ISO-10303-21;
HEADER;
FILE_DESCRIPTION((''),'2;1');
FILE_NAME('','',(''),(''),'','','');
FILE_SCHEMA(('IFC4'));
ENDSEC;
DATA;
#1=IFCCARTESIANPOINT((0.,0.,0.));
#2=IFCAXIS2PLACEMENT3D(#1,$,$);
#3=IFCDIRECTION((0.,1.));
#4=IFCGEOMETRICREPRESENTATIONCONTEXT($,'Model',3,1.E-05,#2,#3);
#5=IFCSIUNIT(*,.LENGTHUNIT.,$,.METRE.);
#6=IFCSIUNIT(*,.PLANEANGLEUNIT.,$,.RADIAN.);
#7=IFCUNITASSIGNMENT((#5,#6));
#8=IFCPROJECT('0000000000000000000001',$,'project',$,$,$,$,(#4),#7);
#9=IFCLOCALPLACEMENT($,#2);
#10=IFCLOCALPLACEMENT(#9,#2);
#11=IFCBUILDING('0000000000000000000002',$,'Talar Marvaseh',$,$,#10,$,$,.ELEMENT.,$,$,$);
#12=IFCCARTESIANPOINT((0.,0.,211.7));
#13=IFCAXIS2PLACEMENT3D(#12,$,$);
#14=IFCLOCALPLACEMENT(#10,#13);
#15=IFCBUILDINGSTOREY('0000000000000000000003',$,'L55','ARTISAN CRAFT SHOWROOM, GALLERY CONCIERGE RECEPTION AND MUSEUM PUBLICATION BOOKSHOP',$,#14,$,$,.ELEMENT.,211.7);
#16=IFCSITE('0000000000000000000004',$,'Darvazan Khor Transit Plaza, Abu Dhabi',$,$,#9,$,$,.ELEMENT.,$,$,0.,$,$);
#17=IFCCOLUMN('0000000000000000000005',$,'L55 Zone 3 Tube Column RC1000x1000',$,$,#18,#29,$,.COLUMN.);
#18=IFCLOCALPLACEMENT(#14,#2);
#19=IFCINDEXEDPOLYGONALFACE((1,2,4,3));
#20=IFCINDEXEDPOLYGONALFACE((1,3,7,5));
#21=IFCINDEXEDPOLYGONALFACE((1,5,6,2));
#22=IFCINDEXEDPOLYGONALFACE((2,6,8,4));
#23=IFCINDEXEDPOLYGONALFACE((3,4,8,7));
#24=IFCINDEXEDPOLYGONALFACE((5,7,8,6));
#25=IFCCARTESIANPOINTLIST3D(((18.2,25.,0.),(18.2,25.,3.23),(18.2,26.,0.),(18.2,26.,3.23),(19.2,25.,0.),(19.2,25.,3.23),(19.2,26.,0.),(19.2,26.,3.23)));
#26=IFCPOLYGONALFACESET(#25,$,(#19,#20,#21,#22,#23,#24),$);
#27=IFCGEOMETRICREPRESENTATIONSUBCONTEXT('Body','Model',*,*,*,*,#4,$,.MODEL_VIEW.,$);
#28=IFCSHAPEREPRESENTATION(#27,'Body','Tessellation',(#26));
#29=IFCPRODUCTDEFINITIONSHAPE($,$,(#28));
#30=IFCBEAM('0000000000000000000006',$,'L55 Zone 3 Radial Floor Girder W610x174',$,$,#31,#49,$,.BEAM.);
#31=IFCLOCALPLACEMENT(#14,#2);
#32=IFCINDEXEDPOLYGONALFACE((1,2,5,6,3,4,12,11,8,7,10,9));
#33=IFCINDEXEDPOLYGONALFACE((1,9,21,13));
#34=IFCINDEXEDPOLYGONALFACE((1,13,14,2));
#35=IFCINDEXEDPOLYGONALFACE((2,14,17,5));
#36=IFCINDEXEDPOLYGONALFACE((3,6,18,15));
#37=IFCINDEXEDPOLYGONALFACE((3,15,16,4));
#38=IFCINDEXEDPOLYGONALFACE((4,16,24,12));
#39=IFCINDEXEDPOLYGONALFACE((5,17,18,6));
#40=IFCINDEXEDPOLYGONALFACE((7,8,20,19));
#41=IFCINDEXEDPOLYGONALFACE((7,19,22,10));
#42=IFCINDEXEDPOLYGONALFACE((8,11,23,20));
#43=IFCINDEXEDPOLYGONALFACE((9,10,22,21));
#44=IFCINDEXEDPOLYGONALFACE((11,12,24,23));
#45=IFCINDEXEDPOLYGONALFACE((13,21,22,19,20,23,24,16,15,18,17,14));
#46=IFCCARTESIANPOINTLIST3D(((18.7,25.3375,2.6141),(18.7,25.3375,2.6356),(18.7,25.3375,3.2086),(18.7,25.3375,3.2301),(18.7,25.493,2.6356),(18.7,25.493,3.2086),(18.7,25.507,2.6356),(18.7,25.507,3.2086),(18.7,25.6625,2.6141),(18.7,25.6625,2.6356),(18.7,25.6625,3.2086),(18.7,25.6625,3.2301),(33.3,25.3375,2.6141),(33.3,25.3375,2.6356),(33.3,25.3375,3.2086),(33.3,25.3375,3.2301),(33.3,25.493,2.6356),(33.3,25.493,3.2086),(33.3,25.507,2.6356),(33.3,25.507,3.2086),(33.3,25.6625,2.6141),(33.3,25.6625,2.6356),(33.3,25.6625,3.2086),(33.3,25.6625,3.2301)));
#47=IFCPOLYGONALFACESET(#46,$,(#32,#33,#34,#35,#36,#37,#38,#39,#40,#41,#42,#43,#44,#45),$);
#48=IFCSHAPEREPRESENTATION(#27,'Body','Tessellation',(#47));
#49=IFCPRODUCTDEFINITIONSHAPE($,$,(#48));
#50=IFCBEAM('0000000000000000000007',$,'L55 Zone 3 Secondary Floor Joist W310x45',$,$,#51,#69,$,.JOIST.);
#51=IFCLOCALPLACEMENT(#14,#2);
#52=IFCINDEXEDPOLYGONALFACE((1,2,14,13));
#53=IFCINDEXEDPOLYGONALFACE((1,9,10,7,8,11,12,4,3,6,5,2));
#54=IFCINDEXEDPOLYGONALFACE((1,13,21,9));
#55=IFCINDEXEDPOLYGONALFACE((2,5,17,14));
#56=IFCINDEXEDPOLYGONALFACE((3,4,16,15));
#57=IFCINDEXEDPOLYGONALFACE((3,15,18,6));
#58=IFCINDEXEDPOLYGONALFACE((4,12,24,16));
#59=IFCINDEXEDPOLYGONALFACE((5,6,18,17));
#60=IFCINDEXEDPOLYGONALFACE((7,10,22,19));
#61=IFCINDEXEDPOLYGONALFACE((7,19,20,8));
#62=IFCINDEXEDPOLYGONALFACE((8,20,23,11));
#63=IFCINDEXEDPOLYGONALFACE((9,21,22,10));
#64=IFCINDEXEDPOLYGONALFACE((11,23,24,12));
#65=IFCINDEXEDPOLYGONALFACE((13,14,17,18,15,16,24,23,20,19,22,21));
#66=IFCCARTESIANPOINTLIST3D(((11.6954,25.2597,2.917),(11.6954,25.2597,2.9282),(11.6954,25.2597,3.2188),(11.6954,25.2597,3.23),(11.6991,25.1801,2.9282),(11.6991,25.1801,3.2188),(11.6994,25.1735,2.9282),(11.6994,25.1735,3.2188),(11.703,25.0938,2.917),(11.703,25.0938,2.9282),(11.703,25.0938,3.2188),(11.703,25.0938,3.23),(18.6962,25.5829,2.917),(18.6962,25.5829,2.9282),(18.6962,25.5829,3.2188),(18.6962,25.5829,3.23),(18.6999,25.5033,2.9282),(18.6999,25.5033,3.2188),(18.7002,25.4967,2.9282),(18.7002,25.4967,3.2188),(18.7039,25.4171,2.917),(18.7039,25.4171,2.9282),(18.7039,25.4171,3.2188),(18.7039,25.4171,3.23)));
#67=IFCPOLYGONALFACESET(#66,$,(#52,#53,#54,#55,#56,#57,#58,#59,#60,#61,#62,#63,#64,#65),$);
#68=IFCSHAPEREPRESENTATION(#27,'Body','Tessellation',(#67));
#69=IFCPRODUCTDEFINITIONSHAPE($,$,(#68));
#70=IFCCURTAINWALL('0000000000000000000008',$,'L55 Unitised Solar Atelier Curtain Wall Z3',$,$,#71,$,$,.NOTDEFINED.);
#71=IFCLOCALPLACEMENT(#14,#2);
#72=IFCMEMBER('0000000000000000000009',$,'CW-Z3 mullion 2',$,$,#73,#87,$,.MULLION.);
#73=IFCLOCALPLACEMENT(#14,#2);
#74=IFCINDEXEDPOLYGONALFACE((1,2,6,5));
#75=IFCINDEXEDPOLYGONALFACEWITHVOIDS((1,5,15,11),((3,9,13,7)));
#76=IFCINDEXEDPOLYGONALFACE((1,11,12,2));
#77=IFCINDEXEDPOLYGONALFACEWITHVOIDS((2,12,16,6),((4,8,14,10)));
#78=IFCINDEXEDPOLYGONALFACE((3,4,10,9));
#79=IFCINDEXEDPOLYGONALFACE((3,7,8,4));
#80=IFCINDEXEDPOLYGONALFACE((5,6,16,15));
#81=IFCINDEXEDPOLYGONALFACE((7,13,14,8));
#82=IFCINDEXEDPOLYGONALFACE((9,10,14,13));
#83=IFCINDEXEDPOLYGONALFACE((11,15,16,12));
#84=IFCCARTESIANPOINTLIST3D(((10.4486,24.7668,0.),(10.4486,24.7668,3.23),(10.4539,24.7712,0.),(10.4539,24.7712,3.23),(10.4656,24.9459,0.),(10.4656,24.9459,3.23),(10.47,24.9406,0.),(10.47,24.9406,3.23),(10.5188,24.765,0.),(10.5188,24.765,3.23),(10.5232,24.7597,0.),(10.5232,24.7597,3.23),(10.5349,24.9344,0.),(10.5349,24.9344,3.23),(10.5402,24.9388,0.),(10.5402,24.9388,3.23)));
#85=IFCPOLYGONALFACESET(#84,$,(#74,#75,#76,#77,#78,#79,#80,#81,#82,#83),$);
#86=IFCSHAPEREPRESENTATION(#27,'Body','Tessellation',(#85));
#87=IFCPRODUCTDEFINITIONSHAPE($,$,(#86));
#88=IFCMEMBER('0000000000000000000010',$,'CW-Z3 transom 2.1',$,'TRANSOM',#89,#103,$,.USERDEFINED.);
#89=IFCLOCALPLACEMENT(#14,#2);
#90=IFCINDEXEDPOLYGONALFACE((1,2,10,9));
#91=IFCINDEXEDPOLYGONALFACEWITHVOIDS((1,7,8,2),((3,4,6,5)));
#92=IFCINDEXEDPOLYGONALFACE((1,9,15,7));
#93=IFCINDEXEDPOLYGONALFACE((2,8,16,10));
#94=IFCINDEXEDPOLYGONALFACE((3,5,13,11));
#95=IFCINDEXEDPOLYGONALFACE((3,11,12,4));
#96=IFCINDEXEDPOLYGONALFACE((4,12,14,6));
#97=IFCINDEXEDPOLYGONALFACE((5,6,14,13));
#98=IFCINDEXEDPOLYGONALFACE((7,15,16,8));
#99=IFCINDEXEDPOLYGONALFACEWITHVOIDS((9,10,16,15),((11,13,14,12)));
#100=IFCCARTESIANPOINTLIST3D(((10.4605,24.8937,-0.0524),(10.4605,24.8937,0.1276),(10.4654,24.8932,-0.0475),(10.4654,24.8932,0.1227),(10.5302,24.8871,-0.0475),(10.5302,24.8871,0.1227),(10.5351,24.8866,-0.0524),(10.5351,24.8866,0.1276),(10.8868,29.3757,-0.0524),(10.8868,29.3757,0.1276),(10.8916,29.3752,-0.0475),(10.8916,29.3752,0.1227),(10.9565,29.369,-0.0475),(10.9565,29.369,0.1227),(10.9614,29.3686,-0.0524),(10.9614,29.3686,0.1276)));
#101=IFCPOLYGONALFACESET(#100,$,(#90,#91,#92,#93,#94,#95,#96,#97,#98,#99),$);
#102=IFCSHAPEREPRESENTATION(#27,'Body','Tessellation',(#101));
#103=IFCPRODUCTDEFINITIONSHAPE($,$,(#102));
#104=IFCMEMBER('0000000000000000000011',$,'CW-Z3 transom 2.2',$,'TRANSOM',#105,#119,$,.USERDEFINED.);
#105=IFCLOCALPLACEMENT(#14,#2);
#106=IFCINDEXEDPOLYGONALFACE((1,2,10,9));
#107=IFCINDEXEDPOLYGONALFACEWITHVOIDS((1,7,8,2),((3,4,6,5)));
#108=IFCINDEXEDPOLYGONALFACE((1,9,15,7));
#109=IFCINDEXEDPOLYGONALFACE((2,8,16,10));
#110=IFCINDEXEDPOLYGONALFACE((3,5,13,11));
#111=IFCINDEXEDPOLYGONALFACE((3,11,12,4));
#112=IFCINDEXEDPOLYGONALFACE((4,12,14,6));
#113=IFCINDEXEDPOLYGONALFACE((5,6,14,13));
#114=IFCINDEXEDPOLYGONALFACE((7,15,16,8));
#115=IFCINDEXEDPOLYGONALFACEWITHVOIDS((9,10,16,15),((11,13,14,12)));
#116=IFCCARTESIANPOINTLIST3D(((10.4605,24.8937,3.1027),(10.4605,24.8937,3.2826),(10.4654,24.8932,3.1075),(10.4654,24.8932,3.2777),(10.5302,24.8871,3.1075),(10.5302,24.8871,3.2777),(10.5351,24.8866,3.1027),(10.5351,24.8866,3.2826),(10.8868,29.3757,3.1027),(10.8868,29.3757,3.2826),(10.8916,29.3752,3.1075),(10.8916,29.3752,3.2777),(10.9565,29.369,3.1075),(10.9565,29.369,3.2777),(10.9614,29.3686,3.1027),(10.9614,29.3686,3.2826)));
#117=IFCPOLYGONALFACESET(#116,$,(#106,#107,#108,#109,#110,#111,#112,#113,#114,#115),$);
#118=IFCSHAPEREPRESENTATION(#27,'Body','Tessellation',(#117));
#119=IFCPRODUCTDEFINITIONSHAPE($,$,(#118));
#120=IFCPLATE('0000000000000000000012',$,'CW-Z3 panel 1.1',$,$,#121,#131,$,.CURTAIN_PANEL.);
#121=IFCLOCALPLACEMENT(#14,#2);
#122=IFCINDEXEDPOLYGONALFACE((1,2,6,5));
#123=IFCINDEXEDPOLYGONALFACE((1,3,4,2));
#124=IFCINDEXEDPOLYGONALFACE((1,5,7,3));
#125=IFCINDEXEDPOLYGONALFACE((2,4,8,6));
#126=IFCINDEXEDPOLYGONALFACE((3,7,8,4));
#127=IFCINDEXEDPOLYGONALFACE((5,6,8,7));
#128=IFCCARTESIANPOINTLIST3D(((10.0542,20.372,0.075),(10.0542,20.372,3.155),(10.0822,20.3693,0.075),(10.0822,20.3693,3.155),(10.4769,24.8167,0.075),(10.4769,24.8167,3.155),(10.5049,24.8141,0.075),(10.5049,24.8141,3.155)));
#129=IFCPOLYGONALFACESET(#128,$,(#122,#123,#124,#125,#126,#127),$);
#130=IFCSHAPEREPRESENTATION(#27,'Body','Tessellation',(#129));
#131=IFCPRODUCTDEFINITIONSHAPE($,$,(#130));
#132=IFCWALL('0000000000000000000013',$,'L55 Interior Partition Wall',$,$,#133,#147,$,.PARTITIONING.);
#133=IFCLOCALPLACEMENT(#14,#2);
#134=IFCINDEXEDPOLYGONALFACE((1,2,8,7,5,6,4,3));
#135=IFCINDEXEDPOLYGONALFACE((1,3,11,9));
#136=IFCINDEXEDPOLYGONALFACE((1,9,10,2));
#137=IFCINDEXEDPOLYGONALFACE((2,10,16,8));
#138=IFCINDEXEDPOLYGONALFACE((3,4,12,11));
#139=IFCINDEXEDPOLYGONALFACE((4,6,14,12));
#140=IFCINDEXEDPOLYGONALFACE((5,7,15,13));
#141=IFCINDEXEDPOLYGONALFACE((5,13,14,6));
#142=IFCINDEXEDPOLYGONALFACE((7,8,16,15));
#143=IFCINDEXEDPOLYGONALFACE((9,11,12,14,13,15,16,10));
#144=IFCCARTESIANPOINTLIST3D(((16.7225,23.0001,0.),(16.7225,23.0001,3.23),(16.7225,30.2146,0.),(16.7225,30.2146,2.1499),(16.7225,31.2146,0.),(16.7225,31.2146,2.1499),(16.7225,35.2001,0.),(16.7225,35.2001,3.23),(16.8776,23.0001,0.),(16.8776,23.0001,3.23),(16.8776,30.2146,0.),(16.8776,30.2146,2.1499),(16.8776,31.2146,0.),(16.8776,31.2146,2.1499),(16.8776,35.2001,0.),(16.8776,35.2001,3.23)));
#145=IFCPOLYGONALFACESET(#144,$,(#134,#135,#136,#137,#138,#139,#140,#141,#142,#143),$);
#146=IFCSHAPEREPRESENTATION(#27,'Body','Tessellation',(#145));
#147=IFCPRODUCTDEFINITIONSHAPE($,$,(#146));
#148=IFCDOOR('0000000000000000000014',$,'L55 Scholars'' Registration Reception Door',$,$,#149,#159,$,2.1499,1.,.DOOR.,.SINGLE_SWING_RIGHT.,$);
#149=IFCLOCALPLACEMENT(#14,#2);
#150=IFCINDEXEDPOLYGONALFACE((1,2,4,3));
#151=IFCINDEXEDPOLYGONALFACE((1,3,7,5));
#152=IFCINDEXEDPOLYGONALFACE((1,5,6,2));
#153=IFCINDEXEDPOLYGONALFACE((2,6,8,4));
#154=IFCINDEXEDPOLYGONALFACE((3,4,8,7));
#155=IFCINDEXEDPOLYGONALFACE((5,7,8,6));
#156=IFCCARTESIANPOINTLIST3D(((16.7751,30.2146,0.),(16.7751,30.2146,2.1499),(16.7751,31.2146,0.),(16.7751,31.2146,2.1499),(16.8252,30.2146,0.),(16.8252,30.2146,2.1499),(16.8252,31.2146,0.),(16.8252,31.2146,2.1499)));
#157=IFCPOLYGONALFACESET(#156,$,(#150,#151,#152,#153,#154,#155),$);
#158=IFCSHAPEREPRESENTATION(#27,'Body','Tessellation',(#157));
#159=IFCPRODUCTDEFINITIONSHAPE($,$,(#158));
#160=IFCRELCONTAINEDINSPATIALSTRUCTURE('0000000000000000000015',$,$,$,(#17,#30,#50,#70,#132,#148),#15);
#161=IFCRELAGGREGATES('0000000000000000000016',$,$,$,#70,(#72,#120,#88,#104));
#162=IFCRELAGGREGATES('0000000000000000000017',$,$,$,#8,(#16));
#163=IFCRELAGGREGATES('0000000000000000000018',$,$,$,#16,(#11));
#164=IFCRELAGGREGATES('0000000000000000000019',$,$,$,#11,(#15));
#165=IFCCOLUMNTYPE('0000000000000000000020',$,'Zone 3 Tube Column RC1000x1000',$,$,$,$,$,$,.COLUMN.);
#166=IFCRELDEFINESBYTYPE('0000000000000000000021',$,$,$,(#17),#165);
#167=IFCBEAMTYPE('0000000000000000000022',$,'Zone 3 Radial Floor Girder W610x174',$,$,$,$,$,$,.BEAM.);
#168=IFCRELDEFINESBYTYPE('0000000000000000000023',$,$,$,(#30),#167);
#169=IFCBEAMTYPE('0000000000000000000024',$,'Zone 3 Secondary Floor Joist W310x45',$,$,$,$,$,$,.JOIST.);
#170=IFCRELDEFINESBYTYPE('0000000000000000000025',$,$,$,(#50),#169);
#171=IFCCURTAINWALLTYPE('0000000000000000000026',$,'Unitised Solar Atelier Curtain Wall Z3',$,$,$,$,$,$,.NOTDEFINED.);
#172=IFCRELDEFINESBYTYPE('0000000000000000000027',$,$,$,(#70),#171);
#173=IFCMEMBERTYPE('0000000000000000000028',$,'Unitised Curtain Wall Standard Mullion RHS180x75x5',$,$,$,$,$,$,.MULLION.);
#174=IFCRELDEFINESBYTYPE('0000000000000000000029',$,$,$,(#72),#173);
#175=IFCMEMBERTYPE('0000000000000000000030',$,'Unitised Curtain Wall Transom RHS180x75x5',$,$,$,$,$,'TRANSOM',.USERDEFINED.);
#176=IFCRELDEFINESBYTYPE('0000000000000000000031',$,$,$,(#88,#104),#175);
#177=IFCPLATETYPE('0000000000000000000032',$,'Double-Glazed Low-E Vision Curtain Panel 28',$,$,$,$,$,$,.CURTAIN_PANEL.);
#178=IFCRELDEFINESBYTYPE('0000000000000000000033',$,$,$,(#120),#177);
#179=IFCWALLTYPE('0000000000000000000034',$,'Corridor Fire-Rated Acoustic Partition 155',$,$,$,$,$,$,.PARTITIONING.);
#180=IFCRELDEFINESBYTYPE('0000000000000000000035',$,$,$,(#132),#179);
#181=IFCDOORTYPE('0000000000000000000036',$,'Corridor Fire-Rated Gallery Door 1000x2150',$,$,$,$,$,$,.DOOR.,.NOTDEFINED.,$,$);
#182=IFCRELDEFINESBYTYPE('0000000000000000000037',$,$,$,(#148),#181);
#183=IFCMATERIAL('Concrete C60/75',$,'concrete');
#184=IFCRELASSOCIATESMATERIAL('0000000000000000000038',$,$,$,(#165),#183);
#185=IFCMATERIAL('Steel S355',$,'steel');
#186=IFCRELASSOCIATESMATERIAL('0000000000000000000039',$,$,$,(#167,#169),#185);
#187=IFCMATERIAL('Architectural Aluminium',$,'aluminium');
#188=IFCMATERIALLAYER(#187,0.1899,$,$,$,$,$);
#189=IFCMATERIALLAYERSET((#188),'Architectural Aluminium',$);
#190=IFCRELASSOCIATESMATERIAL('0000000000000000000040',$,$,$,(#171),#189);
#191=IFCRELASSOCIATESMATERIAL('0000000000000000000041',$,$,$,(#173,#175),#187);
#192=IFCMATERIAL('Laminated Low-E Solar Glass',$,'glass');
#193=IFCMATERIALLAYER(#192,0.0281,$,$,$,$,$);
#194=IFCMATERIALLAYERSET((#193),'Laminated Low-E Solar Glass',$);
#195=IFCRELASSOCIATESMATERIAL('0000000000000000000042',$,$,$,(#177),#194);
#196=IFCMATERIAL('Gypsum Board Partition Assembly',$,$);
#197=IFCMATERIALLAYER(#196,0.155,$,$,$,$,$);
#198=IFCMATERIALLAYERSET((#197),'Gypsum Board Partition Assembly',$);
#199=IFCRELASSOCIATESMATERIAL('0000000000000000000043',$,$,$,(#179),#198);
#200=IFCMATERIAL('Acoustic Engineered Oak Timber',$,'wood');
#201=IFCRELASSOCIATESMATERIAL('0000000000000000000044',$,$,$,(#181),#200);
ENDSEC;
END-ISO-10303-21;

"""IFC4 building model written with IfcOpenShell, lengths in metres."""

from ifc_helpers import new_model, si_unit, direction, frame, frame_2d, origin, origin_2d, place, context, subcontext, project, spatial, rectangle, hollow_rectangle, i_section, extrude, source, transform, mapped, material, layer, layer_set, material_profile, profile_set, type_object, type_shapes, element, fill, aggregate, save


model = new_model("IFC4")

# Units and contexts
model_context = context("Model", 3, precision=1e-05, world=origin(), true_north=direction((0.0, 1.0)))
body_context = subcontext(model_context, "Body", "Model", "MODEL_VIEW")
ifc_project = project(units=[si_unit("LENGTHUNIT", "METRE"), si_unit("PLANEANGLEUNIT", "RADIAN")], contexts=[model_context])

# Site, building, storey
site_placement = place(None, origin())
site = spatial("IfcSite", under=ifc_project, at=site_placement, Name="Darvazan Khor Transit Plaza, Abu Dhabi", CompositionType="ELEMENT", RefElevation=0.0)
building_placement = place(site_placement, origin())
building = spatial("IfcBuilding", under=site, at=building_placement, Name="Talar Marvaseh", CompositionType="ELEMENT")
storey_placement = place(building_placement, frame((0.0, 0.0, 211.7)))
storey = spatial("IfcBuildingStorey", under=building, at=storey_placement, Name="L55", Description="ARTISAN CRAFT SHOWROOM, GALLERY CONCIERGE RECEPTION AND MUSEUM PUBLICATION BOOKSHOP", CompositionType="ELEMENT", Elevation=211.7)

# Column
ifc_material_1 = material(Name="Concrete C60/75", Category="concrete")
ifc_material_profile_1 = material_profile(ifc_material_1, rectangle(XDim=1.0, YDim=1.0, at=origin_2d()), Name="RC1000x1000")
ifc_profile_set_1 = profile_set([ifc_material_profile_1], Name="Concrete C60/75")
column_type = type_object("IfcColumnType", Name="Zone 3 Tube Column RC1000x1000", PredefinedType="COLUMN", material=ifc_profile_set_1)
column_placement = place(storey_placement, frame((18.7, 25.5, 0.0), z_axis=(0.0, 0.0, 1.0), x_axis=(1.0, 0.0, 0.0)))
element("IfcColumn", 1, at=column_placement, inside=storey, type_object=column_type, Name="L55 Zone 3 Tube Column RC1000x1000", PredefinedType="COLUMN", context=body_context, shape_type="SweptSolid", body=[
    extrude(rectangle(XDim=1.0, YDim=1.0, at=origin_2d()), origin(), (0.0, 0.0, 1.0), 3.23),
])

# Beams
ifc_material_2 = material(Name="Steel S355", Category="steel")
ifc_material_profile_2 = material_profile(ifc_material_2, i_section(OverallWidth=0.325, OverallDepth=0.616, WebThickness=0.0139, FlangeThickness=0.0215, at=origin_2d()), Name="W610x174")
ifc_profile_set_2 = profile_set([ifc_material_profile_2], Name="Steel S355")
beam_type_1 = type_object("IfcBeamType", Name="Zone 3 Radial Floor Girder W610x174", PredefinedType="BEAM", material=ifc_profile_set_2)
beam_1_placement = place(storey_placement, frame((18.7, 25.5, 2.9221), z_axis=(1.0, 0.0, 0.0), x_axis=(0.0, 1.0, 0.0)))
element("IfcBeam", 2, at=beam_1_placement, inside=storey, type_object=beam_type_1, Name="L55 Zone 3 Radial Floor Girder W610x174", PredefinedType="BEAM", context=body_context, shape_type="SweptSolid", body=[
    extrude(i_section(OverallWidth=0.325, OverallDepth=0.616, WebThickness=0.0139, FlangeThickness=0.0215, at=origin_2d()), origin(), (0.0, 0.0, 1.0), 14.6001),
])
ifc_material_profile_3 = material_profile(ifc_material_2, i_section(OverallWidth=0.166, OverallDepth=0.313, WebThickness=0.0066, FlangeThickness=0.0112, at=origin_2d()), Name="W310x45")
ifc_profile_set_3 = profile_set([ifc_material_profile_3], Name="Steel S355")
beam_type_2 = type_object("IfcBeamType", Name="Zone 3 Secondary Floor Joist W310x45", PredefinedType="JOIST", material=ifc_profile_set_3)
beam_2_placement = place(storey_placement, frame((11.6992, 25.1768, 3.0735), z_axis=(0.998936, 0.046123, 0.0), x_axis=(-0.046123, 0.998936, 0.0)))
element("IfcBeam", 3, at=beam_2_placement, inside=storey, type_object=beam_type_2, Name="L55 Zone 3 Secondary Floor Joist W310x45", PredefinedType="JOIST", context=body_context, shape_type="SweptSolid", body=[
    extrude(i_section(OverallWidth=0.166, OverallDepth=0.313, WebThickness=0.0066, FlangeThickness=0.0112, at=origin_2d()), origin(), (0.0, 0.0, 1.0), 7.0083),
])

# Curtain wall, members, plate
ifc_material_3 = material(Name="Architectural Aluminium", Category="aluminium")
ifc_layer_1 = layer(ifc_material_3, 0.1899)
ifc_layer_set_1 = layer_set([ifc_layer_1], Name="Architectural Aluminium")
curtain_wall_type = type_object("IfcCurtainWallType", Name="Unitised Solar Atelier Curtain Wall Z3", PredefinedType="NOTDEFINED", material=ifc_layer_set_1)
curtain_wall_placement = place(storey_placement, origin())
curtain_wall = element("IfcCurtainWall", 4, at=curtain_wall_placement, inside=storey, type_object=curtain_wall_type, Name="L55 Unitised Solar Atelier Curtain Wall Z3", PredefinedType="NOTDEFINED")
ifc_material_profile_4 = material_profile(ifc_material_3, hollow_rectangle(XDim=0.075, YDim=0.1799, WallThickness=0.0049, at=origin_2d()), Name="RHS180x75x5")
ifc_profile_set_4 = profile_set([ifc_material_profile_4], Name="Architectural Aluminium")
member_type_1 = type_object("IfcMemberType", Name="Unitised Curtain Wall Standard Mullion RHS180x75x5", PredefinedType="MULLION", material=ifc_profile_set_4)
shared_shape_1 = source(origin(), body_context, "Body", "SweptSolid", [
    extrude(hollow_rectangle(XDim=0.075, YDim=0.1799, WallThickness=0.0049, at=origin_2d()), origin(), (0.0, 0.0, 1.0), 3.23),
])
type_shapes(member_type_1, [shared_shape_1])
member_1_placement = place(storey_placement, frame((10.4944, 24.8528, 0.0), z_axis=(0.0, 0.0, 1.0), x_axis=(-0.995509, 0.094671, 0.0)))
member_1 = element("IfcMember", 5, at=member_1_placement, type_object=member_type_1, Name="CW-Z3 mullion 2", PredefinedType="MULLION", context=body_context, shape_type="MappedRepresentation", body=[
    mapped(shared_shape_1, transform((0.0, 0.0, 0.0), x_axis=(1.0, 0.0, 0.0), y_axis=(0.0, 1.0, 0.0), z_axis=(0.0, 0.0, 1.0), scale=1.0)),
])
ifc_material_profile_5 = material_profile(ifc_material_3, hollow_rectangle(XDim=0.075, YDim=0.1799, WallThickness=0.0049, at=origin_2d()), Name="RHS180x75x5")
ifc_profile_set_5 = profile_set([ifc_material_profile_5], Name="Architectural Aluminium")
member_type_2 = type_object("IfcMemberType", Name="Unitised Curtain Wall Transom RHS180x75x5", ElementType="TRANSOM", PredefinedType="USERDEFINED", material=ifc_profile_set_5)
shared_shape_2 = source(origin(), body_context, "Body", "SweptSolid", [
    extrude(hollow_rectangle(XDim=0.075, YDim=0.1799, WallThickness=0.0049, at=origin_2d()), origin(), (0.0, 0.0, 1.0), 4.5022),
])
type_shapes(member_type_2, [shared_shape_2])
member_2_placement = place(storey_placement, frame((10.4978, 24.8901, 0.0376), z_axis=(0.094681, 0.995508, 0.0), x_axis=(-0.995508, 0.094681, 0.0)))
member_2 = element("IfcMember", 6, at=member_2_placement, type_object=member_type_2, Name="CW-Z3 transom 2.1", ObjectType="TRANSOM", PredefinedType="USERDEFINED", context=body_context, shape_type="MappedRepresentation", body=[
    mapped(shared_shape_2, transform((0.0, 0.0, 0.0), x_axis=(1.0, 0.0, 0.0), y_axis=(0.0, 1.0, 0.0), z_axis=(0.0, 0.0, 1.0), scale=1.0)),
])
member_3_placement = place(storey_placement, frame((10.4978, 24.8901, 3.1926), z_axis=(0.094681, 0.995508, 0.0), x_axis=(-0.995508, 0.094681, 0.0)))
member_3 = element("IfcMember", 7, at=member_3_placement, type_object=member_type_2, Name="CW-Z3 transom 2.2", ObjectType="TRANSOM", PredefinedType="USERDEFINED", context=body_context, shape_type="MappedRepresentation", body=[
    mapped(shared_shape_2, transform((0.0, 0.0, 0.0), x_axis=(1.0, 0.0, 0.0), y_axis=(0.0, 1.0, 0.0), z_axis=(0.0, 0.0, 1.0), scale=1.0)),
])
ifc_material_4 = material(Name="Laminated Low-E Solar Glass", Category="glass")
ifc_layer_2 = layer(ifc_material_4, 0.0281)
ifc_layer_set_2 = layer_set([ifc_layer_2], Name="Laminated Low-E Solar Glass")
plate_type = type_object("IfcPlateType", Name="Double-Glazed Low-E Vision Curtain Panel 28", PredefinedType="CURTAIN_PANEL", material=ifc_layer_set_2)
shared_shape_3 = source(origin(), body_context, "Body", "SweptSolid", [
    extrude(rectangle(XDim=4.4648, YDim=0.0281, at=origin_2d()), origin(), (0.0, 0.0, 1.0), 3.0801),
])
type_shapes(plate_type, [shared_shape_3])
plate_placement = place(storey_placement, frame((10.2795, 22.593, 0.075), z_axis=(0.0, 0.0, 1.0), x_axis=(0.094671, 0.995509, 0.0)))
plate = element("IfcPlate", 8, at=plate_placement, type_object=plate_type, Name="CW-Z3 panel 1.1", PredefinedType="CURTAIN_PANEL", context=body_context, shape_type="MappedRepresentation", body=[
    mapped(shared_shape_3, transform((0.0, 0.0, 0.0), x_axis=(1.0, 0.0, 0.0), y_axis=(0.0, 1.0, 0.0), z_axis=(0.0, 0.0, 1.0), scale=1.0)),
])
aggregate(curtain_wall, [member_1, plate, member_2, member_3])

# Wall, opening, door
ifc_material_5 = material(Name="Gypsum Board Partition Assembly")
ifc_layer_3 = layer(ifc_material_5, 0.155)
ifc_layer_set_3 = layer_set([ifc_layer_3], Name="Gypsum Board Partition Assembly")
wall_type_1 = type_object("IfcWallType", Name="Corridor Fire-Rated Acoustic Partition 155", PredefinedType="PARTITIONING", material=ifc_layer_set_3)
wall_1_placement = place(storey_placement, frame((16.8, 23.0, 0.0), z_axis=(0.0, 0.0, 1.0), x_axis=(0.0, 1.0, 0.0)))
wall_1 = element("IfcWall", 9, at=wall_1_placement, inside=storey, type_object=wall_type_1, Name="L55 Interior Partition Wall", PredefinedType="PARTITIONING", context=body_context, shape_type="SweptSolid", body=[
    extrude(rectangle(XDim=12.2, YDim=0.155, at=frame_2d((6.1001, 0.0))), origin(), (0.0, 0.0, 1.0), 3.23),
])
opening_1_placement = place(wall_1_placement, frame((7.2146, 0.0, 0.0)))
opening_1 = element("IfcOpeningElement", 10, at=opening_1_placement, cuts=wall_1, PredefinedType="OPENING", context=body_context, shape_type="SweptSolid", body=[
    extrude(rectangle(XDim=1.0, YDim=2.1499, at=frame_2d((0.5, 1.075))), frame((0.0, 0.0874, 0.0), z_axis=(0.0, -1.0, 0.0), x_axis=(1.0, 0.0, 0.0)), (0.0, 0.0, 1.0), 0.175),
])
ifc_material_6 = material(Name="Acoustic Engineered Oak Timber", Category="wood")
door_type_1 = type_object("IfcDoorType", Name="Corridor Fire-Rated Gallery Door 1000x2150", OperationType="NOTDEFINED", PredefinedType="DOOR", material=ifc_material_6)
shared_shape_4 = source(origin(), body_context, "Body", "SweptSolid", [
    extrude(rectangle(XDim=1.0, YDim=2.1499, at=frame_2d((0.5, 1.075))), frame((0.0, 0.0249, 0.0), z_axis=(0.0, -1.0, 0.0), x_axis=(1.0, 0.0, 0.0)), (0.0, 0.0, 1.0), 0.05),
])
type_shapes(door_type_1, [shared_shape_4])
door_1_placement = place(opening_1_placement, origin())
door_1 = element("IfcDoor", 11, at=door_1_placement, inside=storey, type_object=door_type_1, Name="L55 Scholars' Registration Reception Door", OperationType="SINGLE_SWING_RIGHT", OverallHeight=2.1499, OverallWidth=1.0, PredefinedType="DOOR", context=body_context, shape_type="MappedRepresentation", body=[
    mapped(shared_shape_4, transform((0.0, 0.0, 0.0), x_axis=(1.0, 0.0, 0.0), y_axis=(0.0, 1.0, 0.0), z_axis=(0.0, 0.0, 1.0), scale=1.0)),
])
fill(opening_1, door_1)

save(model, "model.ifc")
